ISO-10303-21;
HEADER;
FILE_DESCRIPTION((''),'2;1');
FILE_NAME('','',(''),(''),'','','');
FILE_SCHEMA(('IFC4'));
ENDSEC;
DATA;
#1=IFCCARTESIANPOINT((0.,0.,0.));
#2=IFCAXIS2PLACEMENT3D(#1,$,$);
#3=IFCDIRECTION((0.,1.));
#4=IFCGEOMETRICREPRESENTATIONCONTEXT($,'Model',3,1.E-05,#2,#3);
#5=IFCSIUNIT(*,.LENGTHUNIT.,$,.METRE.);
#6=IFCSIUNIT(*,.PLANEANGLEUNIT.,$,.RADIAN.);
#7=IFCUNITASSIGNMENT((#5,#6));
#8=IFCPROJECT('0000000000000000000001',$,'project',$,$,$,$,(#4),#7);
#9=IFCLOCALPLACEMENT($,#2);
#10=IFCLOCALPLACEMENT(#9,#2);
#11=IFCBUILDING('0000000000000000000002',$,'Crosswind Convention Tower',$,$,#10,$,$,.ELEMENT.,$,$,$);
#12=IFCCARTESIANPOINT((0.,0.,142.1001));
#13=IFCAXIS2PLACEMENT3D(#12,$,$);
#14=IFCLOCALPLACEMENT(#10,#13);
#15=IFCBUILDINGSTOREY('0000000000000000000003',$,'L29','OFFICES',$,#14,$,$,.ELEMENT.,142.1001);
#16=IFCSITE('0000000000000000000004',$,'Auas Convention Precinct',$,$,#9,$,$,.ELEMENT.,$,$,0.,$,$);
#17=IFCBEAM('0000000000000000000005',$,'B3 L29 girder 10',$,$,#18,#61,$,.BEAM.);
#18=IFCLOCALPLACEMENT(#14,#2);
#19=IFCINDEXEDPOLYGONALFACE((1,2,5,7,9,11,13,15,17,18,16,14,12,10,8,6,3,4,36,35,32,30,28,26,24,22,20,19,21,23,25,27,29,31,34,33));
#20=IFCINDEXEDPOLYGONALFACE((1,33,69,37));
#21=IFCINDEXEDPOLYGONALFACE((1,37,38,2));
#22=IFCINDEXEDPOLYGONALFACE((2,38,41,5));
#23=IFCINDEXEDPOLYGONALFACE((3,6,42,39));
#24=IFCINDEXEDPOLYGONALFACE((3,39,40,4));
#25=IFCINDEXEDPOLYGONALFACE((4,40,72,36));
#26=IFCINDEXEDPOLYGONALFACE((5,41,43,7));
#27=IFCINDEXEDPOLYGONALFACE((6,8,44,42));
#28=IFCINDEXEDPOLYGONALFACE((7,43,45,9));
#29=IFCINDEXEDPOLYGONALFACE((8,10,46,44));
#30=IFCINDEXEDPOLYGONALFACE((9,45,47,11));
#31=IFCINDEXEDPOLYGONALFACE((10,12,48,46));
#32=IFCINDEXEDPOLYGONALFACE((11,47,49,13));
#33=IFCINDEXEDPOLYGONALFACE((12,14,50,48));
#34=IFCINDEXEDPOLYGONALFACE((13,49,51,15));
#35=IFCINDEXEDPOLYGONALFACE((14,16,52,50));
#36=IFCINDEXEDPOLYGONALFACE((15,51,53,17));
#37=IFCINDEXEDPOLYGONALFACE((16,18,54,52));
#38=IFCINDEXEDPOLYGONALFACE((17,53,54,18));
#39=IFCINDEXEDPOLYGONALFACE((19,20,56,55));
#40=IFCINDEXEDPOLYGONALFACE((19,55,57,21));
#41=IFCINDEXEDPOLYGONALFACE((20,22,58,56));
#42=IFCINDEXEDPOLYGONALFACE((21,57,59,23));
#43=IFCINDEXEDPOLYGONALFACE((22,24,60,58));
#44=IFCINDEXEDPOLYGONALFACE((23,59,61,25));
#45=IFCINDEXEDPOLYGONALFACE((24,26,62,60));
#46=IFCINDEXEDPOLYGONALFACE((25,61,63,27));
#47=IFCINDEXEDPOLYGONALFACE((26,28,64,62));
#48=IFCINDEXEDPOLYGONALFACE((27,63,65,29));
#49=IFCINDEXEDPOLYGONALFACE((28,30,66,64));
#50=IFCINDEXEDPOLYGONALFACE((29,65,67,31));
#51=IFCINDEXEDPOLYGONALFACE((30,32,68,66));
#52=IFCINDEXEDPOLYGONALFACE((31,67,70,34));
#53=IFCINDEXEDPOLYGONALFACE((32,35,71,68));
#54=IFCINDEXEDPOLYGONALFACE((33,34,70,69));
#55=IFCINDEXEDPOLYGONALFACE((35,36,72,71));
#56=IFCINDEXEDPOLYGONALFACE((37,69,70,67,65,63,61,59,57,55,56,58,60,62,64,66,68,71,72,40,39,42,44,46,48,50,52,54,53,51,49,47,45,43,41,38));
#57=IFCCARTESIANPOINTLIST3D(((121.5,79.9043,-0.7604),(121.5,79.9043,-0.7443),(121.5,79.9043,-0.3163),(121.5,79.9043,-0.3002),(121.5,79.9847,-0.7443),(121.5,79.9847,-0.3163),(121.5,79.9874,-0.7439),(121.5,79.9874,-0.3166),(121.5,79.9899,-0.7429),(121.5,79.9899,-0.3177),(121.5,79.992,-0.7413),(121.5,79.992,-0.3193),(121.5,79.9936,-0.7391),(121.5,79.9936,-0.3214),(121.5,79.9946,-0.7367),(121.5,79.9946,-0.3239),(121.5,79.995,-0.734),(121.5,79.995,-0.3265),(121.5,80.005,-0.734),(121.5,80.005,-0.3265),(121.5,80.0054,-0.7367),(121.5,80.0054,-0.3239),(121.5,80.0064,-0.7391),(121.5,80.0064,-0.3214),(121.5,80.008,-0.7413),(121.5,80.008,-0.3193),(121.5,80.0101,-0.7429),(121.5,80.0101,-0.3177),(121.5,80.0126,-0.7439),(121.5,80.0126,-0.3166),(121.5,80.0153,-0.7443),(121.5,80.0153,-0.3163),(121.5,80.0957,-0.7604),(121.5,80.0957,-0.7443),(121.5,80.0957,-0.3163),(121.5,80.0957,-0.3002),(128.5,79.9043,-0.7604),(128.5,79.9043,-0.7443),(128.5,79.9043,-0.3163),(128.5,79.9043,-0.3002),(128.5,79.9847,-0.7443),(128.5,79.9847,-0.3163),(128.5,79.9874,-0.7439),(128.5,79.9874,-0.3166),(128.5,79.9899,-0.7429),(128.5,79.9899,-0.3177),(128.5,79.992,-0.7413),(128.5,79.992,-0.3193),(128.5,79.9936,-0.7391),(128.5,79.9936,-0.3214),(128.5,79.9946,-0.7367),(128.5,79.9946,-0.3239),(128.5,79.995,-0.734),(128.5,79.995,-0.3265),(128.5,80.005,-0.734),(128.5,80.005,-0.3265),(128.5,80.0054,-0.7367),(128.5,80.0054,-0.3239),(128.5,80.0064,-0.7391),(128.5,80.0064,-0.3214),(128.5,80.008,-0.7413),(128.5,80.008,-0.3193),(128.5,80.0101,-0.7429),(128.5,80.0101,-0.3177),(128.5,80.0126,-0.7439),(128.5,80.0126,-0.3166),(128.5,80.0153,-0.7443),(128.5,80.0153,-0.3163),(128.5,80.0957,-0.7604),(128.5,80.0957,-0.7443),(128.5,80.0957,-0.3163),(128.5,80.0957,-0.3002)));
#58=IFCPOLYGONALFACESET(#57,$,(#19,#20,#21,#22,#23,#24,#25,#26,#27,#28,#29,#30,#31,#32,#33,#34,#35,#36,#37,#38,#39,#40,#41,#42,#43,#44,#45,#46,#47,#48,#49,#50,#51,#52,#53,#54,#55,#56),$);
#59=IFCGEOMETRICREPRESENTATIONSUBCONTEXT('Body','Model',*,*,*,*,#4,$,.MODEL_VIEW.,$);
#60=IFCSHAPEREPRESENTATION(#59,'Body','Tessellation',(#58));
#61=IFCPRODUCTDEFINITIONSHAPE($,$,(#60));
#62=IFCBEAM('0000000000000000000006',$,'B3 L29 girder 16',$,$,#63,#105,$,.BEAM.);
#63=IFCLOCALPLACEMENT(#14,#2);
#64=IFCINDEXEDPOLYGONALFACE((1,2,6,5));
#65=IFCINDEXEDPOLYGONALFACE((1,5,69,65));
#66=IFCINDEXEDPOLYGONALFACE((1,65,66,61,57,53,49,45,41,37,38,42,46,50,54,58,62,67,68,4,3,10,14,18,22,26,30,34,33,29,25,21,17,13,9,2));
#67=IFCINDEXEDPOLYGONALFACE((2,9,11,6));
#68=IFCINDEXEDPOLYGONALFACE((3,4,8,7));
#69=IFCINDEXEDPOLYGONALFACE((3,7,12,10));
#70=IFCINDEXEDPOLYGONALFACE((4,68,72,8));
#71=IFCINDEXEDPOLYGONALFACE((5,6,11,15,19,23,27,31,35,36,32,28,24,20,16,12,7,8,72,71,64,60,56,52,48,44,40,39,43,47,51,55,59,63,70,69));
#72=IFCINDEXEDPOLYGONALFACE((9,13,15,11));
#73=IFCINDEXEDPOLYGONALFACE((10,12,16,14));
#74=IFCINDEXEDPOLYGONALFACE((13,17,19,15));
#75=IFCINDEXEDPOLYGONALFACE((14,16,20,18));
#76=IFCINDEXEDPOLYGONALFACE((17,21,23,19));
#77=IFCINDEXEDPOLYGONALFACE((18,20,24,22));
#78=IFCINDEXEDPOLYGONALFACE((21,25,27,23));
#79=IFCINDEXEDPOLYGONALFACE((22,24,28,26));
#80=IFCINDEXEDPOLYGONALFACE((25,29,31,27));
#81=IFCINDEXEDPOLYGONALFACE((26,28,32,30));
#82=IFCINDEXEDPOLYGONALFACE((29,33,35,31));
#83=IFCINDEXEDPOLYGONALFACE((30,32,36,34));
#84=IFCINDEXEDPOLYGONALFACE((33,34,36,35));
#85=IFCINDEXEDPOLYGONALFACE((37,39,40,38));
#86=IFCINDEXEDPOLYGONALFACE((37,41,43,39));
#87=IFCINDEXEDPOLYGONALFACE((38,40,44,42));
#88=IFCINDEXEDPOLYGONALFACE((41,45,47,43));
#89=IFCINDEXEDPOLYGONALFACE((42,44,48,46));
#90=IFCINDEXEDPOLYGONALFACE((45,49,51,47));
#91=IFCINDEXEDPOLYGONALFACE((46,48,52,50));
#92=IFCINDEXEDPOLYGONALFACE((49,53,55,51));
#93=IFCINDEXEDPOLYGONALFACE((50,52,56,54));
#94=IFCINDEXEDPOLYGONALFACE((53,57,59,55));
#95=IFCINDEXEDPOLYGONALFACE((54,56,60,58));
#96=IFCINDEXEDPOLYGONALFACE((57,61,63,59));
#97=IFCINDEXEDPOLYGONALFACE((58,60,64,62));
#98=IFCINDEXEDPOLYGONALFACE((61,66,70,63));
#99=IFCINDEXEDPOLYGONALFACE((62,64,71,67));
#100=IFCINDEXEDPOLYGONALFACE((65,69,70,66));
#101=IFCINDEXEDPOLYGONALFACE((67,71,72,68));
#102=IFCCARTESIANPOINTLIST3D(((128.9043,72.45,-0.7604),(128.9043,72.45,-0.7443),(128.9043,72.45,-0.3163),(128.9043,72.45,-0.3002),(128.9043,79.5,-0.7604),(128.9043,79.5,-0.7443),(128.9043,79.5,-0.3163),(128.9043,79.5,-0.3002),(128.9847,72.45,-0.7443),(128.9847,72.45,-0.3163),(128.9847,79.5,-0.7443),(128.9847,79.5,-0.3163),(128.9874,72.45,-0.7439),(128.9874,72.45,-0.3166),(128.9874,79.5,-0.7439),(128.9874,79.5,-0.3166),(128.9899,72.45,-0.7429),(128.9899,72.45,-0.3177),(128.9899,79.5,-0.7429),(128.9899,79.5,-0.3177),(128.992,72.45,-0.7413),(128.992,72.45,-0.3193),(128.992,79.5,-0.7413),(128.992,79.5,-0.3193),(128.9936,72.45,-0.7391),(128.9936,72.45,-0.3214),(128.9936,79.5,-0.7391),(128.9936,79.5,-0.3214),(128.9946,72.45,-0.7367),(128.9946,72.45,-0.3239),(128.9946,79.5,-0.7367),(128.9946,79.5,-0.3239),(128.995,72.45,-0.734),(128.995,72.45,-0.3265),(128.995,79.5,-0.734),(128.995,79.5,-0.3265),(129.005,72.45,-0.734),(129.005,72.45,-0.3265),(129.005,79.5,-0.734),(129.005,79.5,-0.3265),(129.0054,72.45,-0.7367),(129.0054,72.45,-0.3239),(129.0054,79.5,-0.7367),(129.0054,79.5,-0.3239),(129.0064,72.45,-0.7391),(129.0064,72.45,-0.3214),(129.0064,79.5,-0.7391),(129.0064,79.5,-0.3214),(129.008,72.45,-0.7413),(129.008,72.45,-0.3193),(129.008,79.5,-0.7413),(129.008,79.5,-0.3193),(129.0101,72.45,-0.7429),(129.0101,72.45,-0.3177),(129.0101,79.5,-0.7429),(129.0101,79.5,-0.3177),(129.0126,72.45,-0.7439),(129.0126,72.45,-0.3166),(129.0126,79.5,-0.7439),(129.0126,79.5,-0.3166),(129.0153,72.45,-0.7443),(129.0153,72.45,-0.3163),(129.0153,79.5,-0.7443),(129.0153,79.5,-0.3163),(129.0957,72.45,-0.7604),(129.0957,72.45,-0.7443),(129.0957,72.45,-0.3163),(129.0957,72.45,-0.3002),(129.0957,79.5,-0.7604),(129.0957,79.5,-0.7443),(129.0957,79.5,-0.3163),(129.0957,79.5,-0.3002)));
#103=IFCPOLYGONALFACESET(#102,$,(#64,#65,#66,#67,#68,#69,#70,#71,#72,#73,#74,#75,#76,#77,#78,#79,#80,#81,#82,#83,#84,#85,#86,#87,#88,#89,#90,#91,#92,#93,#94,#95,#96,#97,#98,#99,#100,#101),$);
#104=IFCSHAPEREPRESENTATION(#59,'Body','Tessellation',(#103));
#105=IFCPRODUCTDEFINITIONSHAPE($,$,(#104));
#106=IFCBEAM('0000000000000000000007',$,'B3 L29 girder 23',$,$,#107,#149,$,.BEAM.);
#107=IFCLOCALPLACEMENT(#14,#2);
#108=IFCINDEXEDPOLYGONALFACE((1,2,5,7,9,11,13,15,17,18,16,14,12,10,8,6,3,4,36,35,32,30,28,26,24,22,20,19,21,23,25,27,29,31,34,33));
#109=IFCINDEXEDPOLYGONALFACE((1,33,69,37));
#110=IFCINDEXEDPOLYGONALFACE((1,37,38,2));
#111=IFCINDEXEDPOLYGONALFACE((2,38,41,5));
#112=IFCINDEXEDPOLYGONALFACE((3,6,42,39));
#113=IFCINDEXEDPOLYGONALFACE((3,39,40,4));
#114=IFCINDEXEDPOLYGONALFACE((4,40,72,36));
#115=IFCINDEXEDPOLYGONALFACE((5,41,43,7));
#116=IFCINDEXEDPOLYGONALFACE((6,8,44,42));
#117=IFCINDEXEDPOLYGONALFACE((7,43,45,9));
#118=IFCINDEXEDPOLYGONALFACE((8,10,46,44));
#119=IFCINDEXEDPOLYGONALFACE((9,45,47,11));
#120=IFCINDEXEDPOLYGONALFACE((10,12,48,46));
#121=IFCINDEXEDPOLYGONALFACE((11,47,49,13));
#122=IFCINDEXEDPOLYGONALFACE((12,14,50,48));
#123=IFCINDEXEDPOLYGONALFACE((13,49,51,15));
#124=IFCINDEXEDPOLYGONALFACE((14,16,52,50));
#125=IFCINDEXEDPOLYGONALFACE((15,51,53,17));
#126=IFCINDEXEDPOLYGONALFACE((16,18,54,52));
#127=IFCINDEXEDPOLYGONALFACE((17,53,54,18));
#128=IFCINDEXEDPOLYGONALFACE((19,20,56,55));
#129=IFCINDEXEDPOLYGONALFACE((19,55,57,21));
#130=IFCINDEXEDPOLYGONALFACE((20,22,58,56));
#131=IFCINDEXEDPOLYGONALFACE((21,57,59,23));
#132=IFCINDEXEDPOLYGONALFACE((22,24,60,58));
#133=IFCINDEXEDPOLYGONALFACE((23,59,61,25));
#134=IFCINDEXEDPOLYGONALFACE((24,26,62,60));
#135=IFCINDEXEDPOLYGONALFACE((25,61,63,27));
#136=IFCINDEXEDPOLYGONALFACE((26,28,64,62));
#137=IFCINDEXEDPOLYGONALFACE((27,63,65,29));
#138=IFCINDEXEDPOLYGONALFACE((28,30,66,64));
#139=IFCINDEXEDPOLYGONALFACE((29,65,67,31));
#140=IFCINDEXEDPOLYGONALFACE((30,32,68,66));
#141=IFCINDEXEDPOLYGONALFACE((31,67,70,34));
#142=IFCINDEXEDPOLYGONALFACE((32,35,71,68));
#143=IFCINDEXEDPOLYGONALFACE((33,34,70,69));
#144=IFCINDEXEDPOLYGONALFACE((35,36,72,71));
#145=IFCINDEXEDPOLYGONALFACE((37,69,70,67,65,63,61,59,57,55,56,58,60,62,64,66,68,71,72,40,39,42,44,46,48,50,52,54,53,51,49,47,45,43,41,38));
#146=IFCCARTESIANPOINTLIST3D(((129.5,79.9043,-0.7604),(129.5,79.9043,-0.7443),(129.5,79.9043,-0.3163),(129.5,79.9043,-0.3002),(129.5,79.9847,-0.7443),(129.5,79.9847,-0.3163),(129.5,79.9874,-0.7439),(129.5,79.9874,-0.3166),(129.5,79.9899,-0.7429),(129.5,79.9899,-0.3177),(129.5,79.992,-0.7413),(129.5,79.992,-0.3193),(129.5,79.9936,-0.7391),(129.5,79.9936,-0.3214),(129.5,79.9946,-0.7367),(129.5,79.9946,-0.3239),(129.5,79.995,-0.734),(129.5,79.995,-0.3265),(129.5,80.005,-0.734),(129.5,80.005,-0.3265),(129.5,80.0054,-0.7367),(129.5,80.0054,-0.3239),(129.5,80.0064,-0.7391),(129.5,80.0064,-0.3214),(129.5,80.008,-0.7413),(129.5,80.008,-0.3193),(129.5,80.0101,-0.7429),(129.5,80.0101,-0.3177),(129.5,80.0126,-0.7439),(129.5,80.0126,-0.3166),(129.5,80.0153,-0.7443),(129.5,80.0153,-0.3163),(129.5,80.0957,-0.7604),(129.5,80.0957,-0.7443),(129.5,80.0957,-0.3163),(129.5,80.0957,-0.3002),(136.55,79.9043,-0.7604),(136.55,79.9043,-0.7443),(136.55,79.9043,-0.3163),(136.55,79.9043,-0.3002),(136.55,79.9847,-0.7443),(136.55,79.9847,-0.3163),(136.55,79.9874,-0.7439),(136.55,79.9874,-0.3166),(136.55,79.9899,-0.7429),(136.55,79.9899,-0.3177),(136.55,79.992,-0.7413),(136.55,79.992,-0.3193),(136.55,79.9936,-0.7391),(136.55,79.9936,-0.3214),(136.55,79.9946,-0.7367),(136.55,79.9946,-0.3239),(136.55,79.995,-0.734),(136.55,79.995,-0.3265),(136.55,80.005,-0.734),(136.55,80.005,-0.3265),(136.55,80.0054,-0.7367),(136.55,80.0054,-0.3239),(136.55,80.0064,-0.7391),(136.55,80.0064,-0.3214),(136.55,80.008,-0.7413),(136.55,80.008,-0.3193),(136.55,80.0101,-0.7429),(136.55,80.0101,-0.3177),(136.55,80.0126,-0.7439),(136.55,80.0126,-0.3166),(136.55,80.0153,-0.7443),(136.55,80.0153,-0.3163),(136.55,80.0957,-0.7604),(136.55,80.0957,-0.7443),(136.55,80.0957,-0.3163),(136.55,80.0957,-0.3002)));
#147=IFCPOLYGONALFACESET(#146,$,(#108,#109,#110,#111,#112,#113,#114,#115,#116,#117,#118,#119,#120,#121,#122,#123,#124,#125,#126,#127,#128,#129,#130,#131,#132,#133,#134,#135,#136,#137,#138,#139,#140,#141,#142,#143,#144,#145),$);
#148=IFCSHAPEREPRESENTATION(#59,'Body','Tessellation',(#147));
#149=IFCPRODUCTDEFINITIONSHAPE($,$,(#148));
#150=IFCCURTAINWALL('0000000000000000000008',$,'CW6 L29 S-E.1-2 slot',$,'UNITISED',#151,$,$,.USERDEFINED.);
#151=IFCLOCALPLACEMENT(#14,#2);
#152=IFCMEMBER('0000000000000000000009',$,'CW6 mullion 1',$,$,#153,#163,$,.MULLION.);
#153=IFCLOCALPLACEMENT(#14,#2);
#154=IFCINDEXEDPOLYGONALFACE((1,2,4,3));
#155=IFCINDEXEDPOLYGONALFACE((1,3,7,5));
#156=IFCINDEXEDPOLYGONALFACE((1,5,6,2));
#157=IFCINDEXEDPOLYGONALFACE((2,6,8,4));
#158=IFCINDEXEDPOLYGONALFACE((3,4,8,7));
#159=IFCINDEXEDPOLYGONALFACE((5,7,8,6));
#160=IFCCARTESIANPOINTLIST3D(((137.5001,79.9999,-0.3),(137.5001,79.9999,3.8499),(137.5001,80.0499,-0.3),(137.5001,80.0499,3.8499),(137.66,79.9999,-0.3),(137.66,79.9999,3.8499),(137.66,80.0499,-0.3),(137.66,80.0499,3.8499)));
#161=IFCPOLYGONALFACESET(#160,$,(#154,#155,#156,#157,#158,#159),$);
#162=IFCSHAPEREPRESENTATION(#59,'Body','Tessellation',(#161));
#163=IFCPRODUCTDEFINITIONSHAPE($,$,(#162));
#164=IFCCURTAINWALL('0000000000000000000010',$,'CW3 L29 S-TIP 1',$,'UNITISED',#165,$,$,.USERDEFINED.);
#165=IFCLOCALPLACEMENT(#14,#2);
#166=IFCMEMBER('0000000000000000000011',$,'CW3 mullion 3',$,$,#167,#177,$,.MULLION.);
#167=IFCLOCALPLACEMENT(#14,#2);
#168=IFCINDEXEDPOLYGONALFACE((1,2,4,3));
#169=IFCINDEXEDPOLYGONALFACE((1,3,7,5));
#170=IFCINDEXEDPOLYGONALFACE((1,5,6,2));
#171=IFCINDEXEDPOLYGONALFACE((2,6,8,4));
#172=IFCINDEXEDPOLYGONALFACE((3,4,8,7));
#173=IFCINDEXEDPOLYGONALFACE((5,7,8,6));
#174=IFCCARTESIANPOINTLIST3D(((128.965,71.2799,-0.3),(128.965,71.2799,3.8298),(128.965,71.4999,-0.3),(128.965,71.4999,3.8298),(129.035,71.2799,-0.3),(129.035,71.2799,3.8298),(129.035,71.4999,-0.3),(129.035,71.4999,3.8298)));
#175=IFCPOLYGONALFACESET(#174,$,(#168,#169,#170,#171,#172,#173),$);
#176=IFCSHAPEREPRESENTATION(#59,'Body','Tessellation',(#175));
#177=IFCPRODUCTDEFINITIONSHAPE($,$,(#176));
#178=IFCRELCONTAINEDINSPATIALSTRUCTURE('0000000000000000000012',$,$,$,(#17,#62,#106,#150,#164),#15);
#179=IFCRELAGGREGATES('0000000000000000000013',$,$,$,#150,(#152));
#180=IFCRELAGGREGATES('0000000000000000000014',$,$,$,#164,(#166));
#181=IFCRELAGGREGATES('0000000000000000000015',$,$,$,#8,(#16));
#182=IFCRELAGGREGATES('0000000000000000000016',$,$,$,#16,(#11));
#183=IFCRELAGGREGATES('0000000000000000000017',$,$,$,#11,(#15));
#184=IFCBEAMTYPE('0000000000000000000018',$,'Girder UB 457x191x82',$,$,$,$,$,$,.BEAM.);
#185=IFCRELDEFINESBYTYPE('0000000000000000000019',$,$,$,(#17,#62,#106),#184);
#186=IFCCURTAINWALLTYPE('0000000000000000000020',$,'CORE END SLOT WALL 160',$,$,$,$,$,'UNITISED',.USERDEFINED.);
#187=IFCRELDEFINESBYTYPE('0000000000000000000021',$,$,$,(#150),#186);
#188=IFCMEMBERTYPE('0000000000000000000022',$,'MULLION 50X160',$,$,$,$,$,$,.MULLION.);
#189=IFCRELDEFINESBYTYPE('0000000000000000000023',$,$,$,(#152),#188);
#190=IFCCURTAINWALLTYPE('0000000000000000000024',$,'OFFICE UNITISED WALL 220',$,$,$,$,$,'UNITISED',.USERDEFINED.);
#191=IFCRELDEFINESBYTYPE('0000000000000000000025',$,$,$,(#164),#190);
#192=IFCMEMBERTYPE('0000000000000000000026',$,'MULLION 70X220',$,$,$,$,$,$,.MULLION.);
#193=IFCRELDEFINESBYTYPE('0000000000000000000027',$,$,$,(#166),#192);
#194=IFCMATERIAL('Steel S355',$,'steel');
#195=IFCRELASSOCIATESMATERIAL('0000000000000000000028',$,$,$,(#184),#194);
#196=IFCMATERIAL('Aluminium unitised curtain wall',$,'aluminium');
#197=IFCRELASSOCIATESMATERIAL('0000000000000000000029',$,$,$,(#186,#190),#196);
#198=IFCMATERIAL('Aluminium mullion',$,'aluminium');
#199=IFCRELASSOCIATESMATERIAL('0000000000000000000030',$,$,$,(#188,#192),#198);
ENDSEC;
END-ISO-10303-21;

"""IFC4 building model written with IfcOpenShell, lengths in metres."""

from ifc_helpers import new_model, si_unit, direction, frame, origin, origin_2d, place, context, subcontext, project, spatial, rectangle, i_section, extrude, material, material_profile, profile_set, type_object, element, aggregate, save


model = new_model("IFC4")

# Units and contexts
model_context = context("Model", 3, precision=1e-05, world=origin(), true_north=direction((0.0, 1.0)))
body_context = subcontext(model_context, "Body", "Model", "MODEL_VIEW")
ifc_project = project(units=[si_unit("LENGTHUNIT", "METRE"), si_unit("PLANEANGLEUNIT", "RADIAN")], contexts=[model_context])

# Site, building, storey
site_placement = place(None, origin())
site = spatial("IfcSite", under=ifc_project, at=site_placement, Name="Auas Convention Precinct", CompositionType="ELEMENT", RefElevation=0.0)
building_placement = place(site_placement, origin())
building = spatial("IfcBuilding", under=site, at=building_placement, Name="Crosswind Convention Tower", CompositionType="ELEMENT")
storey_placement = place(building_placement, frame((0.0, 0.0, 142.1001)))
storey = spatial("IfcBuildingStorey", under=building, at=storey_placement, Name="L29", Description="OFFICES", CompositionType="ELEMENT", Elevation=142.1001)

# Beams
ifc_material_1 = material(Name="Steel S355", Category="steel")
ifc_material_profile_1 = material_profile(ifc_material_1, i_section(OverallWidth=0.1914, OverallDepth=0.4602, WebThickness=0.01, FlangeThickness=0.0161, FilletRadius=0.0103, at=origin_2d()), Name="UB 457x191x82")
ifc_profile_set_1 = profile_set([ifc_material_profile_1], Name="Steel S355")
beam_type_1 = type_object("IfcBeamType", Name="Girder UB 457x191x82", PredefinedType="BEAM", material=ifc_profile_set_1)
beam_1_placement = place(storey_placement, frame((121.5, 80.0, -0.5303), z_axis=(1.0, 0.0, 0.0), x_axis=(0.0, 1.0, 0.0)))
element("IfcBeam", 1, at=beam_1_placement, inside=storey, type_object=beam_type_1, Name="B3 L29 girder 10", PredefinedType="BEAM", context=body_context, shape_type="SweptSolid", body=[
    extrude(i_section(OverallWidth=0.1914, OverallDepth=0.4602, WebThickness=0.01, FlangeThickness=0.0161, FilletRadius=0.0103, at=origin_2d()), origin(), (0.0, 0.0, 1.0), 7.0),
])
for number, where, z_axis, x_axis, name in (
    (2, (129.0, 72.45, -0.5303), (0.0, 1.0, 0.0), (-1.0, 0.0, 0.0), "B3 L29 girder 16"),
    (3, (129.5, 80.0, -0.5303), (1.0, 0.0, 0.0), (0.0, 1.0, 0.0), "B3 L29 girder 23"),
):
    element("IfcBeam", number, at=place(storey_placement, frame(where, z_axis=z_axis, x_axis=x_axis)), inside=storey, type_object=beam_type_1, Name=name, PredefinedType="BEAM", context=body_context, shape_type="SweptSolid", body=[
        extrude(i_section(OverallWidth=0.1914, OverallDepth=0.4602, WebThickness=0.01, FlangeThickness=0.0161, FilletRadius=0.0103, at=origin_2d()), origin(), (0.0, 0.0, 1.0), 7.05),
    ])

# Curtain walls, members
ifc_material_2 = material(Name="Aluminium unitised curtain wall", Category="aluminium")
curtain_wall_type_1 = type_object("IfcCurtainWallType", Name="CORE END SLOT WALL 160", ElementType="UNITISED", PredefinedType="USERDEFINED", material=ifc_material_2)
curtain_wall_1_placement = place(storey_placement, origin())
curtain_wall_1 = element("IfcCurtainWall", 4, at=curtain_wall_1_placement, inside=storey, type_object=curtain_wall_type_1, Name="CW6 L29 S-E.1-2 slot", ObjectType="UNITISED", PredefinedType="USERDEFINED")
ifc_material_3 = material(Name="Aluminium mullion", Category="aluminium")
ifc_material_profile_2 = material_profile(ifc_material_3, rectangle(XDim=0.1599, YDim=0.05, at=origin_2d()), Name="AL 160X50")
ifc_profile_set_2 = profile_set([ifc_material_profile_2], Name="Aluminium mullion")
member_type_1 = type_object("IfcMemberType", Name="MULLION 50X160", PredefinedType="MULLION", material=ifc_profile_set_2)
member_1_placement = place(storey_placement, frame((137.5801, 80.0249, -0.3), z_axis=(0.0, 0.0, 1.0), x_axis=(1.0, 0.0, 0.0)))
member_1 = element("IfcMember", 5, at=member_1_placement, type_object=member_type_1, Name="CW6 mullion 1", PredefinedType="MULLION", context=body_context, shape_type="SweptSolid", body=[
    extrude(rectangle(XDim=0.1599, YDim=0.05, at=origin_2d()), origin(), (0.0, 0.0, 1.0), 4.1499),
])
curtain_wall_type_2 = type_object("IfcCurtainWallType", Name="OFFICE UNITISED WALL 220", ElementType="UNITISED", PredefinedType="USERDEFINED", material=ifc_material_2)
curtain_wall_2_placement = place(storey_placement, origin())
curtain_wall_2 = element("IfcCurtainWall", 6, at=curtain_wall_2_placement, inside=storey, type_object=curtain_wall_type_2, Name="CW3 L29 S-TIP 1", ObjectType="UNITISED", PredefinedType="USERDEFINED")
ifc_material_profile_3 = material_profile(ifc_material_3, rectangle(XDim=0.22, YDim=0.0701, at=origin_2d()), Name="AL 220X70")
ifc_profile_set_3 = profile_set([ifc_material_profile_3], Name="Aluminium mullion")
member_type_2 = type_object("IfcMemberType", Name="MULLION 70X220", PredefinedType="MULLION", material=ifc_profile_set_3)
member_2_placement = place(storey_placement, frame((129.0, 71.3899, -0.3), z_axis=(0.0, 0.0, 1.0), x_axis=(0.0, -1.0, 0.0)))
member_2 = element("IfcMember", 7, at=member_2_placement, type_object=member_type_2, Name="CW3 mullion 3", PredefinedType="MULLION", context=body_context, shape_type="SweptSolid", body=[
    extrude(rectangle(XDim=0.22, YDim=0.0701, at=origin_2d()), origin(), (0.0, 0.0, 1.0), 4.1299),
])

aggregate(curtain_wall_1, [member_1])

aggregate(curtain_wall_2, [member_2])

save(model, "model.ifc")
